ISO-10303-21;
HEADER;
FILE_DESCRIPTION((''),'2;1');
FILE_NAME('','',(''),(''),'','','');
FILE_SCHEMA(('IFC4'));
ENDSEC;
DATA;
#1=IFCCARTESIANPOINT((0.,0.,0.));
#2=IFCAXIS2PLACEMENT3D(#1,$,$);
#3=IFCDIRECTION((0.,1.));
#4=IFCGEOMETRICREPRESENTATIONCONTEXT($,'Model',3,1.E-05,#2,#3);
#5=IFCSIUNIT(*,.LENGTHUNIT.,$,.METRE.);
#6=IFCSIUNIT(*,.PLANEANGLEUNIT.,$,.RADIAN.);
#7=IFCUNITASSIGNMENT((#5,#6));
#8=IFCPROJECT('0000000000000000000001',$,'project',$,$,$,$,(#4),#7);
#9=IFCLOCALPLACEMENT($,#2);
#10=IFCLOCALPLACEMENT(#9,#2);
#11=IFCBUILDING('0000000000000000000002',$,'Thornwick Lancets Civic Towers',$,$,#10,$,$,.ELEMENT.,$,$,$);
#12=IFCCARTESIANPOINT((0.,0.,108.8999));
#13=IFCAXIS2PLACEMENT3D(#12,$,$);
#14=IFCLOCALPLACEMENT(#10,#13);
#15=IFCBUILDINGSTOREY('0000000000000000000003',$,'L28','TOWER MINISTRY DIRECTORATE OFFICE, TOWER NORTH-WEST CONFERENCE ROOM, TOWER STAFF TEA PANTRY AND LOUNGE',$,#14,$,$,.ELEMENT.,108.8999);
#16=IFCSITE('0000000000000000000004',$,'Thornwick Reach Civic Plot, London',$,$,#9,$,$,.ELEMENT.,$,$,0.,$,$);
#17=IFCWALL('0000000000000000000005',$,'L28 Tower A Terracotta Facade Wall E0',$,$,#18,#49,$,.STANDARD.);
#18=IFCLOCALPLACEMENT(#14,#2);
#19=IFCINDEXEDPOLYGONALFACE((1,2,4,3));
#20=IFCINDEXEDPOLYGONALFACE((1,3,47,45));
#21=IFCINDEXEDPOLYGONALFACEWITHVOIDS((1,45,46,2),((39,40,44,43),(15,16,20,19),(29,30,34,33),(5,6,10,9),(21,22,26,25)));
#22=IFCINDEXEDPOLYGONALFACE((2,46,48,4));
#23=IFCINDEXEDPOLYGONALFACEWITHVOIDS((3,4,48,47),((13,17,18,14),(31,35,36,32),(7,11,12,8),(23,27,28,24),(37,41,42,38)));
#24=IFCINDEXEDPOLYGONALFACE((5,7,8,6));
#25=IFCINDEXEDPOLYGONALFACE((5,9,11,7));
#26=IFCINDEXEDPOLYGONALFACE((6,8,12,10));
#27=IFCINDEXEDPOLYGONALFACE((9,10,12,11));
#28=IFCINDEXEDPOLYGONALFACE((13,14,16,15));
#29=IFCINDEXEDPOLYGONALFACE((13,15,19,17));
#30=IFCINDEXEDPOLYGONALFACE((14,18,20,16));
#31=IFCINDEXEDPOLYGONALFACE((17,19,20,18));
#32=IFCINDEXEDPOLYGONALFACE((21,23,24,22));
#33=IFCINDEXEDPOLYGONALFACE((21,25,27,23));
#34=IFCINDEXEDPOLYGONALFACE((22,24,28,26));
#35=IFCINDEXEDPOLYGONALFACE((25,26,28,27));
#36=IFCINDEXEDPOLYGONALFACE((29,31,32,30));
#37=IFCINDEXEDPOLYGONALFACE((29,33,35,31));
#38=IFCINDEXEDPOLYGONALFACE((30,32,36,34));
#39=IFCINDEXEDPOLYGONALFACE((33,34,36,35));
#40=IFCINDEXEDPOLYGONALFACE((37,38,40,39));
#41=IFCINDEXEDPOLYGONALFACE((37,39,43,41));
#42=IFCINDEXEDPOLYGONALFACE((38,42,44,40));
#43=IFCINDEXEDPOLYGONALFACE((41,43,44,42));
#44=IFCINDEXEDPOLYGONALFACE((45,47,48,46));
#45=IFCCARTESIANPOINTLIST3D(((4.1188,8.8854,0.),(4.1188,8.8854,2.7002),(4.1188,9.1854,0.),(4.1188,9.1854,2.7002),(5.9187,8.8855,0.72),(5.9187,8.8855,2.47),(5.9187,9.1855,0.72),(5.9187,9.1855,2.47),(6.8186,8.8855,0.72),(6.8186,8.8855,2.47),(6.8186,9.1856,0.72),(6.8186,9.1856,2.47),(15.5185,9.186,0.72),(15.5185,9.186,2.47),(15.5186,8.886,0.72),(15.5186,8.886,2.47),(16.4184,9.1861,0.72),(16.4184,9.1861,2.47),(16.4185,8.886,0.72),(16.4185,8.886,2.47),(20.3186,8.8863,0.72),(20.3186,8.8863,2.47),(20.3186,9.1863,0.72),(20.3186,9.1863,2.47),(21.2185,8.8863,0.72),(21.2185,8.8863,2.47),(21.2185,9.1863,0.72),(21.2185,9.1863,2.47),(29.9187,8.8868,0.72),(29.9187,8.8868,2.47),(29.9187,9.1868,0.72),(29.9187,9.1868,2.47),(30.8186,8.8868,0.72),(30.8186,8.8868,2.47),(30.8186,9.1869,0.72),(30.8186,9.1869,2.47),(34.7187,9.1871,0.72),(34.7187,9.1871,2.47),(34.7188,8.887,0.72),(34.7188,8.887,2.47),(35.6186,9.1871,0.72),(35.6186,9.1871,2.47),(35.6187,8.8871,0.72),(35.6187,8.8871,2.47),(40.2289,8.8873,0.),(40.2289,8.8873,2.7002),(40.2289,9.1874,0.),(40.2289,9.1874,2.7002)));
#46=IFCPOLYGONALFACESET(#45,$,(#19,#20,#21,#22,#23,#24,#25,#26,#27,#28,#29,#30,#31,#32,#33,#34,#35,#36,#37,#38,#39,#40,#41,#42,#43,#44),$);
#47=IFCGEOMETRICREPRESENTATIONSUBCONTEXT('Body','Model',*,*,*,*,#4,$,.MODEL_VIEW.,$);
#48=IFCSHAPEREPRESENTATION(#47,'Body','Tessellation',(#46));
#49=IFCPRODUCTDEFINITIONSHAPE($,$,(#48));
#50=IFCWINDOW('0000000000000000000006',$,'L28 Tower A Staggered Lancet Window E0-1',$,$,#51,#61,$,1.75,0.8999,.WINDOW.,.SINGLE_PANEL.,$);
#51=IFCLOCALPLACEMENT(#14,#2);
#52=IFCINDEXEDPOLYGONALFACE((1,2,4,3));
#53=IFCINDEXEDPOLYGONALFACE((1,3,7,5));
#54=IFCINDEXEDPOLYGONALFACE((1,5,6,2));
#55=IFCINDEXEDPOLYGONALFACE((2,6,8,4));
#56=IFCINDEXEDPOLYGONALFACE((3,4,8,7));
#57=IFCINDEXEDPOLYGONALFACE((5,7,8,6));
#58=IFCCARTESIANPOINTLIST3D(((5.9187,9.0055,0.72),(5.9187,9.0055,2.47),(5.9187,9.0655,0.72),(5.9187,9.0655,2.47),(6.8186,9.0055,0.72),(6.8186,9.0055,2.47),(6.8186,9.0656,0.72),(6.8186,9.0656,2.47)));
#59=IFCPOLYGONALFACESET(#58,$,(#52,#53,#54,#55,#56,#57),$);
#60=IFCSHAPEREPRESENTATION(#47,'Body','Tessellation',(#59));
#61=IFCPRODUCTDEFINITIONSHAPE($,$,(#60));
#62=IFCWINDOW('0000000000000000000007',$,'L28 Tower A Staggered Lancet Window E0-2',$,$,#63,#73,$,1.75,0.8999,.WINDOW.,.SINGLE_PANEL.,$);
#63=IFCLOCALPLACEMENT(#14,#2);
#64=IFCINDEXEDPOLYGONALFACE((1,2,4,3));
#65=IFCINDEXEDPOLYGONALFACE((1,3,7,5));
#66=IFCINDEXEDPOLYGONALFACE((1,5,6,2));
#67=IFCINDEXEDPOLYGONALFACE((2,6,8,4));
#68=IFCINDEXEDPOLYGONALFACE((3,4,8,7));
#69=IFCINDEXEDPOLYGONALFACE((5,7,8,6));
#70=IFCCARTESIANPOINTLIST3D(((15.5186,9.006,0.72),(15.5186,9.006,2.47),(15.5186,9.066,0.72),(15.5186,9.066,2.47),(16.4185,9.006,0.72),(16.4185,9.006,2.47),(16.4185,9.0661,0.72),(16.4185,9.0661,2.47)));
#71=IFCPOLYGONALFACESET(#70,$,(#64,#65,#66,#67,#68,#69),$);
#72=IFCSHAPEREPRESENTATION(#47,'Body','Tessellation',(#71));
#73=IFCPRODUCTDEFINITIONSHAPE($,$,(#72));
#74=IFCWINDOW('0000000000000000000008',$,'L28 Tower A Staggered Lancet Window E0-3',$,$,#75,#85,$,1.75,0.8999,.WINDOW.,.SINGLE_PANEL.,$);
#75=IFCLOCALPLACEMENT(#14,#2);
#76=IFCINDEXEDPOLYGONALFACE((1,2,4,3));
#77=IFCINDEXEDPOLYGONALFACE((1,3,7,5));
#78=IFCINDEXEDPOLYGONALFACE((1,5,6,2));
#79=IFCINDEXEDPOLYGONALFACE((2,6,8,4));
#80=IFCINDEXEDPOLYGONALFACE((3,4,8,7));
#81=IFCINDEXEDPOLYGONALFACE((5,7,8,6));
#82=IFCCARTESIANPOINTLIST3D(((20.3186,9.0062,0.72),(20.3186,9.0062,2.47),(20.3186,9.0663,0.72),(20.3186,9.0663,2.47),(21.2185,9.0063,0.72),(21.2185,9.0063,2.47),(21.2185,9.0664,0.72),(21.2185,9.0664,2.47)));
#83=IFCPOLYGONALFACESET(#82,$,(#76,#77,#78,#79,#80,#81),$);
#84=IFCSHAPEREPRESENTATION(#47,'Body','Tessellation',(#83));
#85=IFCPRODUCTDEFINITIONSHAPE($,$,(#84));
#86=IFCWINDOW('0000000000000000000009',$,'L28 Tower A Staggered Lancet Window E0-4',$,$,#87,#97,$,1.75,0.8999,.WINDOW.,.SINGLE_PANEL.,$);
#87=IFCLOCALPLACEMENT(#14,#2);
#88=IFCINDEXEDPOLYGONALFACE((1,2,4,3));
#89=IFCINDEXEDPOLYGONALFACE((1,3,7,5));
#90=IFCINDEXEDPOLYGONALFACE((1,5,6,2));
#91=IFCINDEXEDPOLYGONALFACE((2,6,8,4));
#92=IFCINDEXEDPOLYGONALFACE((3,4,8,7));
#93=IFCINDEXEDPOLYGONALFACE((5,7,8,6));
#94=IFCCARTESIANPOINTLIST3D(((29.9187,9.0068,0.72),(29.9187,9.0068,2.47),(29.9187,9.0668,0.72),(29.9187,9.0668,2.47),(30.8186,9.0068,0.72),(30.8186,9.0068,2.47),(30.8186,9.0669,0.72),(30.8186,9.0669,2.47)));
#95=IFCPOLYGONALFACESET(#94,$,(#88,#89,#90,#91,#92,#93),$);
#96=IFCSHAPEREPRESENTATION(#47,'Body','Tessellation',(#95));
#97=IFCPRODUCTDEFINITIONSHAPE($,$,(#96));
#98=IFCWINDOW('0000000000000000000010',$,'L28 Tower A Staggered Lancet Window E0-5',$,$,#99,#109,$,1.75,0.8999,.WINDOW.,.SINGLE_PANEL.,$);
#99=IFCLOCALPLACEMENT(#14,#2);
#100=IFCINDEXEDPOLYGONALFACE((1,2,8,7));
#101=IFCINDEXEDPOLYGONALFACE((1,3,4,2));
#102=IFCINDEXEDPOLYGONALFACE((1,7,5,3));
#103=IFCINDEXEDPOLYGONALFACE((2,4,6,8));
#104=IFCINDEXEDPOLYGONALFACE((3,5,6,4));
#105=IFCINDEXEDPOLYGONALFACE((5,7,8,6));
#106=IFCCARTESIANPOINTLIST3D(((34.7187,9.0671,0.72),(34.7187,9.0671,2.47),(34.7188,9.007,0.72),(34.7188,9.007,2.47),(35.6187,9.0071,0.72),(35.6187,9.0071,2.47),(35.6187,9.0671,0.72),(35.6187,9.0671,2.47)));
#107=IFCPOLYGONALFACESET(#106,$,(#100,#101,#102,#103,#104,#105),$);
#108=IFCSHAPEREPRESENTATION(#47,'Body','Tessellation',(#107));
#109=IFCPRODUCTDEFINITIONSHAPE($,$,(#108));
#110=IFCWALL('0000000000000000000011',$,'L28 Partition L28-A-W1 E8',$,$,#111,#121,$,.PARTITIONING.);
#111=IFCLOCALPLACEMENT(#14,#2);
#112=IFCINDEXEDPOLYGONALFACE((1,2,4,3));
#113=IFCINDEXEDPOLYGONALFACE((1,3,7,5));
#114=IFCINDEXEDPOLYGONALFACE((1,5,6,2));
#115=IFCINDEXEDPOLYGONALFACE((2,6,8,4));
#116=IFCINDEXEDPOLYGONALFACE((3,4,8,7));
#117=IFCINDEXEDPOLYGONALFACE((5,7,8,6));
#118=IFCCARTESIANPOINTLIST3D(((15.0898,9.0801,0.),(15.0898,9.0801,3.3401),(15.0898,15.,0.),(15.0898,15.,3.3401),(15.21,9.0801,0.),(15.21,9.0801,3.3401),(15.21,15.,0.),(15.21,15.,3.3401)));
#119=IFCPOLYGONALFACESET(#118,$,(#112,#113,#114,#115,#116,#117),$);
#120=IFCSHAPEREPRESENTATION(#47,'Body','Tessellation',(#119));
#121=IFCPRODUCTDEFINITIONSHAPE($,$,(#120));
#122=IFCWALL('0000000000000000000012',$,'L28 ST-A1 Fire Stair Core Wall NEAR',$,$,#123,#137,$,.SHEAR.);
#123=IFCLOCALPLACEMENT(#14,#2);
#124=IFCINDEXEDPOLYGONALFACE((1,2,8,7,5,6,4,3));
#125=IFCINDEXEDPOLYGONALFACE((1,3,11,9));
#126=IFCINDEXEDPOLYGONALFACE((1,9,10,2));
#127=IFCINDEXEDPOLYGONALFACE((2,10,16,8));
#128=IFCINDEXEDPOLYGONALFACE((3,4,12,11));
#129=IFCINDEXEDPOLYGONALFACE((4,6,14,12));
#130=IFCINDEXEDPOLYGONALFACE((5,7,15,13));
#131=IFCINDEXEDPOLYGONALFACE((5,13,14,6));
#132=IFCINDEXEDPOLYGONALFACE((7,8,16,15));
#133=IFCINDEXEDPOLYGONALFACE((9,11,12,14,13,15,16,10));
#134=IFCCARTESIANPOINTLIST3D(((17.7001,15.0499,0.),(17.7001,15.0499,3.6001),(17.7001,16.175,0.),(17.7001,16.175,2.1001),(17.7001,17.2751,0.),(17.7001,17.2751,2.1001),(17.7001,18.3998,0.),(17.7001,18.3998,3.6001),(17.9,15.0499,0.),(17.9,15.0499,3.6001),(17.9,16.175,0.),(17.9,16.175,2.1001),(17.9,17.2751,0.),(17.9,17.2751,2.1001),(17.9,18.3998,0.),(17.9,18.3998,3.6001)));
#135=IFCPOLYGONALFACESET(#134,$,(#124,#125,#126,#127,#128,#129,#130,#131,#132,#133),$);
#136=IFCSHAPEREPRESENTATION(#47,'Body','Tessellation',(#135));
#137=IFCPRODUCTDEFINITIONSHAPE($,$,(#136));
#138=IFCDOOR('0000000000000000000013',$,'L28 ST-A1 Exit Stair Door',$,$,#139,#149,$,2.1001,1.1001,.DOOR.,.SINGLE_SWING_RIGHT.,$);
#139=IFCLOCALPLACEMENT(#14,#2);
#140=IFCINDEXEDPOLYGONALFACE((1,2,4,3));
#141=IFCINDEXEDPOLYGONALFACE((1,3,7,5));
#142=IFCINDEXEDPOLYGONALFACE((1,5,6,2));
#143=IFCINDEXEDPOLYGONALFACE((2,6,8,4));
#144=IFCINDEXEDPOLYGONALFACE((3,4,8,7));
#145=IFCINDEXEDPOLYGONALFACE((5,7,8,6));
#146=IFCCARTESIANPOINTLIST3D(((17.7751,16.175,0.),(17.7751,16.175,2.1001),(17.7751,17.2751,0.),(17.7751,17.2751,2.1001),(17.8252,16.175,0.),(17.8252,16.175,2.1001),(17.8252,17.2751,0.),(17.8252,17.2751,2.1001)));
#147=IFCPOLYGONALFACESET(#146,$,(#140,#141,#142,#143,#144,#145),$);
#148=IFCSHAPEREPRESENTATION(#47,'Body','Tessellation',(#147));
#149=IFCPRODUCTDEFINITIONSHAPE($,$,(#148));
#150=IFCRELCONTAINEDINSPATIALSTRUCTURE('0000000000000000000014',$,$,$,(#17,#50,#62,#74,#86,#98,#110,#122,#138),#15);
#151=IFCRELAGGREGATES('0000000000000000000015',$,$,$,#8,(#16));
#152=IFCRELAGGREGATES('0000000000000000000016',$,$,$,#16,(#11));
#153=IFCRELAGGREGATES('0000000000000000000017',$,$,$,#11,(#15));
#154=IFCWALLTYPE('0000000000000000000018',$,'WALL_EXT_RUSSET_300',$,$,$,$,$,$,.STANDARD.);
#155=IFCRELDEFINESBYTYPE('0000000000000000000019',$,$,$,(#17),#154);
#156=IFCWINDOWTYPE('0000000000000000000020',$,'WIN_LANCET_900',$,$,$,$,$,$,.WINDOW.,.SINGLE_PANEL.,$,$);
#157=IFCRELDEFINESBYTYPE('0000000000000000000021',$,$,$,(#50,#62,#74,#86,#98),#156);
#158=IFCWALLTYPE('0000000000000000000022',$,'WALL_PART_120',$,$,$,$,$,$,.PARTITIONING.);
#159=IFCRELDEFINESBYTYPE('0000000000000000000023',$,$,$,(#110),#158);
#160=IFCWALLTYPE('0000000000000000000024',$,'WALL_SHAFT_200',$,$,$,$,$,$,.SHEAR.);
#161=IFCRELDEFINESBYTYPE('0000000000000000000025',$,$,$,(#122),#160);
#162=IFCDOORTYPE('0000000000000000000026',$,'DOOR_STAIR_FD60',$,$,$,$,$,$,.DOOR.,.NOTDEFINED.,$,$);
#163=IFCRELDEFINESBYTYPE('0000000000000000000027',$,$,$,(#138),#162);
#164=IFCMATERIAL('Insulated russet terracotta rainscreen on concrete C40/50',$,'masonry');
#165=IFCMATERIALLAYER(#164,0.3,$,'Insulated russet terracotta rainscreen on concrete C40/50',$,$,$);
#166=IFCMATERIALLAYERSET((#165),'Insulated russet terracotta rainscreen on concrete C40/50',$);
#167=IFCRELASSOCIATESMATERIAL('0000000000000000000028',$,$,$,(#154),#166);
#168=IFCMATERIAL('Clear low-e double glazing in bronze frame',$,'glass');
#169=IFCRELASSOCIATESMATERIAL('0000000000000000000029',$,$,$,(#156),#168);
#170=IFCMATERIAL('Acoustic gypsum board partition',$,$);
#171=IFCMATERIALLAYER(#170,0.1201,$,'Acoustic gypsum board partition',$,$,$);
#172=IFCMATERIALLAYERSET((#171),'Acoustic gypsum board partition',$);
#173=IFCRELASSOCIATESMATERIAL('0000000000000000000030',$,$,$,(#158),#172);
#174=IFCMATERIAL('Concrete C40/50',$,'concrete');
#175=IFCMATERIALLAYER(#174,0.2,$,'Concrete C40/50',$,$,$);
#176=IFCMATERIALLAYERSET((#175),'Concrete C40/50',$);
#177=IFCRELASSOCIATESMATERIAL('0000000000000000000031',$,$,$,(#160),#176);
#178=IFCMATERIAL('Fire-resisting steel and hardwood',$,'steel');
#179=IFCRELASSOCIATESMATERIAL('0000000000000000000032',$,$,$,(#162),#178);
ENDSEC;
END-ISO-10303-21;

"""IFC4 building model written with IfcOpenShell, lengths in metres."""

from ifc_helpers import new_model, si_unit, direction, frame, frame_2d, origin, place, context, subcontext, project, spatial, rectangle, extrude, material, layer, layer_set, type_object, element, fill, save


model = new_model("IFC4")

# Units and contexts
model_context = context("Model", 3, precision=1e-05, world=origin(), true_north=direction((0.0, 1.0)))
body_context = subcontext(model_context, "Body", "Model", "MODEL_VIEW")
ifc_project = project(units=[si_unit("LENGTHUNIT", "METRE"), si_unit("PLANEANGLEUNIT", "RADIAN")], contexts=[model_context])

# Site, building, storey
site_placement = place(None, origin())
site = spatial("IfcSite", under=ifc_project, at=site_placement, Name="Thornwick Reach Civic Plot, London", CompositionType="ELEMENT", RefElevation=0.0)
building_placement = place(site_placement, origin())
building = spatial("IfcBuilding", under=site, at=building_placement, Name="Thornwick Lancets Civic Towers", CompositionType="ELEMENT")
storey_placement = place(building_placement, frame((0.0, 0.0, 108.8999)))
storey = spatial("IfcBuildingStorey", under=building, at=storey_placement, Name="L28", Description="TOWER MINISTRY DIRECTORATE OFFICE, TOWER NORTH-WEST CONFERENCE ROOM, TOWER STAFF TEA PANTRY AND LOUNGE", CompositionType="ELEMENT", Elevation=108.8999)

# Wall, openings, windows
ifc_material_1 = material(Name="Insulated russet terracotta rainscreen on concrete C40/50", Category="masonry")
ifc_layer_1 = layer(ifc_material_1, 0.3, Name="Insulated russet terracotta rainscreen on concrete C40/50")
ifc_layer_set_1 = layer_set([ifc_layer_1], Name="Insulated russet terracotta rainscreen on concrete C40/50")
wall_type_1 = type_object("IfcWallType", Name="WALL_EXT_RUSSET_300", PredefinedType="STANDARD", material=ifc_layer_set_1)
wall_1_placement = place(storey_placement, frame((4.1187, 9.0354, 0.0), z_axis=(0.0, 0.0, 1.0), x_axis=(1.0, 0.000054, 0.0)))
wall_1 = element("IfcWall", 1, at=wall_1_placement, inside=storey, type_object=wall_type_1, Name="L28 Tower A Terracotta Facade Wall E0", PredefinedType="STANDARD", context=body_context, shape_type="SweptSolid", body=[
    extrude(rectangle(XDim=36.1101, YDim=0.3, at=frame_2d((18.0552, 0.0))), origin(), (0.0, 0.0, 1.0), 2.7002),
])
opening_1_placement = place(wall_1_placement, frame((1.8, 0.0, 0.72)))
opening_1 = element("IfcOpeningElement", 2, at=opening_1_placement, cuts=wall_1, PredefinedType="OPENING", context=body_context, shape_type="SweptSolid", body=[
    extrude(rectangle(XDim=0.8999, YDim=1.75, at=frame_2d((0.45, 0.875))), frame((0.0, 0.1602, 0.0), z_axis=(0.0, -1.0, 0.0), x_axis=(1.0, 0.0, 0.0)), (0.0, 0.0, 1.0), 0.3201),
])
opening_2_placement = place(wall_1_placement, frame((11.3999, 0.0, 0.72)))
opening_2 = element("IfcOpeningElement", 3, at=opening_2_placement, cuts=wall_1, PredefinedType="OPENING", context=body_context, shape_type="SweptSolid", body=[
    extrude(rectangle(XDim=0.8999, YDim=1.75, at=frame_2d((0.45, 0.875))), frame((0.0, 0.1602, 0.0), z_axis=(0.0, -1.0, 0.0), x_axis=(1.0, 0.0, 0.0)), (0.0, 0.0, 1.0), 0.3201),
])
opening_3_placement = place(wall_1_placement, frame((16.2, 0.0, 0.72)))
opening_3 = element("IfcOpeningElement", 4, at=opening_3_placement, cuts=wall_1, PredefinedType="OPENING", context=body_context, shape_type="SweptSolid", body=[
    extrude(rectangle(XDim=0.8999, YDim=1.75, at=frame_2d((0.45, 0.875))), frame((0.0, 0.1602, 0.0), z_axis=(0.0, -1.0, 0.0), x_axis=(1.0, 0.0, 0.0)), (0.0, 0.0, 1.0), 0.3201),
])
opening_4_placement = place(wall_1_placement, frame((25.8, 0.0, 0.72)))
opening_4 = element("IfcOpeningElement", 5, at=opening_4_placement, cuts=wall_1, PredefinedType="OPENING", context=body_context, shape_type="SweptSolid", body=[
    extrude(rectangle(XDim=0.8999, YDim=1.75, at=frame_2d((0.45, 0.875))), frame((0.0, 0.1602, 0.0), z_axis=(0.0, -1.0, 0.0), x_axis=(1.0, 0.0, 0.0)), (0.0, 0.0, 1.0), 0.3201),
])
opening_5_placement = place(wall_1_placement, frame((30.6001, 0.0, 0.72)))
opening_5 = element("IfcOpeningElement", 6, at=opening_5_placement, cuts=wall_1, PredefinedType="OPENING", context=body_context, shape_type="SweptSolid", body=[
    extrude(rectangle(XDim=0.8999, YDim=1.75, at=frame_2d((0.45, 0.875))), frame((0.0, 0.1602, 0.0), z_axis=(0.0, -1.0, 0.0), x_axis=(1.0, 0.0, 0.0)), (0.0, 0.0, 1.0), 0.3201),
])
ifc_material_2 = material(Name="Clear low-e double glazing in bronze frame", Category="glass")
window_type = type_object("IfcWindowType", Name="WIN_LANCET_900", PartitioningType="SINGLE_PANEL", PredefinedType="WINDOW", material=ifc_material_2)
window_1_placement = place(opening_1_placement, origin())
window_1 = element("IfcWindow", 7, at=window_1_placement, inside=storey, type_object=window_type, Name="L28 Tower A Staggered Lancet Window E0-1", OverallHeight=1.75, OverallWidth=0.8999, PartitioningType="SINGLE_PANEL", PredefinedType="WINDOW", context=body_context, shape_type="SweptSolid", body=[
    extrude(rectangle(XDim=0.8999, YDim=1.75, at=frame_2d((0.45, 0.875))), frame((0.0, 0.03, 0.0), z_axis=(0.0, -1.0, 0.0), x_axis=(1.0, 0.0, 0.0)), (0.0, 0.0, 1.0), 0.0601),
])
fill(opening_1, window_1)
window_2_placement = place(opening_2_placement, origin())
window_2 = element("IfcWindow", 8, at=window_2_placement, inside=storey, type_object=window_type, Name="L28 Tower A Staggered Lancet Window E0-2", OverallHeight=1.75, OverallWidth=0.8999, PartitioningType="SINGLE_PANEL", PredefinedType="WINDOW", context=body_context, shape_type="SweptSolid", body=[
    extrude(rectangle(XDim=0.8999, YDim=1.75, at=frame_2d((0.45, 0.875))), frame((0.0, 0.03, 0.0), z_axis=(0.0, -1.0, 0.0), x_axis=(1.0, 0.0, 0.0)), (0.0, 0.0, 1.0), 0.0601),
])
fill(opening_2, window_2)
window_3_placement = place(opening_3_placement, origin())
window_3 = element("IfcWindow", 9, at=window_3_placement, inside=storey, type_object=window_type, Name="L28 Tower A Staggered Lancet Window E0-3", OverallHeight=1.75, OverallWidth=0.8999, PartitioningType="SINGLE_PANEL", PredefinedType="WINDOW", context=body_context, shape_type="SweptSolid", body=[
    extrude(rectangle(XDim=0.8999, YDim=1.75, at=frame_2d((0.45, 0.875))), frame((0.0, 0.03, 0.0), z_axis=(0.0, -1.0, 0.0), x_axis=(1.0, 0.0, 0.0)), (0.0, 0.0, 1.0), 0.0601),
])
fill(opening_3, window_3)
window_4_placement = place(opening_4_placement, origin())
window_4 = element("IfcWindow", 10, at=window_4_placement, inside=storey, type_object=window_type, Name="L28 Tower A Staggered Lancet Window E0-4", OverallHeight=1.75, OverallWidth=0.8999, PartitioningType="SINGLE_PANEL", PredefinedType="WINDOW", context=body_context, shape_type="SweptSolid", body=[
    extrude(rectangle(XDim=0.8999, YDim=1.75, at=frame_2d((0.45, 0.875))), frame((0.0, 0.03, 0.0), z_axis=(0.0, -1.0, 0.0), x_axis=(1.0, 0.0, 0.0)), (0.0, 0.0, 1.0), 0.0601),
])
fill(opening_4, window_4)
window_5_placement = place(opening_5_placement, origin())
window_5 = element("IfcWindow", 11, at=window_5_placement, inside=storey, type_object=window_type, Name="L28 Tower A Staggered Lancet Window E0-5", OverallHeight=1.75, OverallWidth=0.8999, PartitioningType="SINGLE_PANEL", PredefinedType="WINDOW", context=body_context, shape_type="SweptSolid", body=[
    extrude(rectangle(XDim=0.8999, YDim=1.75, at=frame_2d((0.45, 0.875))), frame((0.0, 0.03, 0.0), z_axis=(0.0, -1.0, 0.0), x_axis=(1.0, 0.0, 0.0)), (0.0, 0.0, 1.0), 0.0601),
])
fill(opening_5, window_5)

# Wall
ifc_material_3 = material(Name="Acoustic gypsum board partition")
ifc_layer_2 = layer(ifc_material_3, 0.1201, Name="Acoustic gypsum board partition")
ifc_layer_set_2 = layer_set([ifc_layer_2], Name="Acoustic gypsum board partition")
wall_type_2 = type_object("IfcWallType", Name="WALL_PART_120", PredefinedType="PARTITIONING", material=ifc_layer_set_2)
wall_2_placement = place(storey_placement, frame((15.1499, 15.0, 0.0), z_axis=(0.0, 0.0, 1.0), x_axis=(0.0, -1.0, 0.0)))
element("IfcWall", 12, at=wall_2_placement, inside=storey, type_object=wall_type_2, Name="L28 Partition L28-A-W1 E8", PredefinedType="PARTITIONING", context=body_context, shape_type="SweptSolid", body=[
    extrude(rectangle(XDim=5.9199, YDim=0.1201, at=frame_2d((2.96, 0.0))), origin(), (0.0, 0.0, 1.0), 3.3401),
])

# Wall, opening, door
ifc_material_4 = material(Name="Concrete C40/50", Category="concrete")
ifc_layer_3 = layer(ifc_material_4, 0.2, Name="Concrete C40/50")
ifc_layer_set_3 = layer_set([ifc_layer_3], Name="Concrete C40/50")
wall_type_3 = type_object("IfcWallType", Name="WALL_SHAFT_200", PredefinedType="SHEAR", material=ifc_layer_set_3)
wall_3_placement = place(storey_placement, frame((17.8, 15.05, 0.0), z_axis=(0.0, 0.0, 1.0), x_axis=(0.0, 1.0, 0.0)))
wall_3 = element("IfcWall", 13, at=wall_3_placement, inside=storey, type_object=wall_type_3, Name="L28 ST-A1 Fire Stair Core Wall NEAR", PredefinedType="SHEAR", context=body_context, shape_type="SweptSolid", body=[
    extrude(rectangle(XDim=3.3499, YDim=0.2, at=frame_2d((1.6748, 0.0))), origin(), (0.0, 0.0, 1.0), 3.6001),
])
opening_6_placement = place(wall_3_placement, frame((1.125, 0.0, 0.0)))
opening_6 = element("IfcOpeningElement", 14, at=opening_6_placement, cuts=wall_3, PredefinedType="OPENING", context=body_context, shape_type="SweptSolid", body=[
    extrude(rectangle(XDim=1.1001, YDim=2.1001, at=frame_2d((0.55, 1.05))), frame((0.0, 0.1099, 0.0), z_axis=(0.0, -1.0, 0.0), x_axis=(1.0, 0.0, 0.0)), (0.0, 0.0, 1.0), 0.22),
])
ifc_material_5 = material(Name="Fire-resisting steel and hardwood", Category="steel")
door_type = type_object("IfcDoorType", Name="DOOR_STAIR_FD60", OperationType="NOTDEFINED", PredefinedType="DOOR", material=ifc_material_5)
door_placement = place(opening_6_placement, origin())
door = element("IfcDoor", 15, at=door_placement, inside=storey, type_object=door_type, Name="L28 ST-A1 Exit Stair Door", OperationType="SINGLE_SWING_RIGHT", OverallHeight=2.1001, OverallWidth=1.1001, PredefinedType="DOOR", context=body_context, shape_type="SweptSolid", body=[
    extrude(rectangle(XDim=1.1001, YDim=2.1001, at=frame_2d((0.55, 1.05))), frame((0.0, 0.0249, 0.0), z_axis=(0.0, -1.0, 0.0), x_axis=(1.0, 0.0, 0.0)), (0.0, 0.0, 1.0), 0.05),
])
fill(opening_6, door)

save(model, "model.ifc")
